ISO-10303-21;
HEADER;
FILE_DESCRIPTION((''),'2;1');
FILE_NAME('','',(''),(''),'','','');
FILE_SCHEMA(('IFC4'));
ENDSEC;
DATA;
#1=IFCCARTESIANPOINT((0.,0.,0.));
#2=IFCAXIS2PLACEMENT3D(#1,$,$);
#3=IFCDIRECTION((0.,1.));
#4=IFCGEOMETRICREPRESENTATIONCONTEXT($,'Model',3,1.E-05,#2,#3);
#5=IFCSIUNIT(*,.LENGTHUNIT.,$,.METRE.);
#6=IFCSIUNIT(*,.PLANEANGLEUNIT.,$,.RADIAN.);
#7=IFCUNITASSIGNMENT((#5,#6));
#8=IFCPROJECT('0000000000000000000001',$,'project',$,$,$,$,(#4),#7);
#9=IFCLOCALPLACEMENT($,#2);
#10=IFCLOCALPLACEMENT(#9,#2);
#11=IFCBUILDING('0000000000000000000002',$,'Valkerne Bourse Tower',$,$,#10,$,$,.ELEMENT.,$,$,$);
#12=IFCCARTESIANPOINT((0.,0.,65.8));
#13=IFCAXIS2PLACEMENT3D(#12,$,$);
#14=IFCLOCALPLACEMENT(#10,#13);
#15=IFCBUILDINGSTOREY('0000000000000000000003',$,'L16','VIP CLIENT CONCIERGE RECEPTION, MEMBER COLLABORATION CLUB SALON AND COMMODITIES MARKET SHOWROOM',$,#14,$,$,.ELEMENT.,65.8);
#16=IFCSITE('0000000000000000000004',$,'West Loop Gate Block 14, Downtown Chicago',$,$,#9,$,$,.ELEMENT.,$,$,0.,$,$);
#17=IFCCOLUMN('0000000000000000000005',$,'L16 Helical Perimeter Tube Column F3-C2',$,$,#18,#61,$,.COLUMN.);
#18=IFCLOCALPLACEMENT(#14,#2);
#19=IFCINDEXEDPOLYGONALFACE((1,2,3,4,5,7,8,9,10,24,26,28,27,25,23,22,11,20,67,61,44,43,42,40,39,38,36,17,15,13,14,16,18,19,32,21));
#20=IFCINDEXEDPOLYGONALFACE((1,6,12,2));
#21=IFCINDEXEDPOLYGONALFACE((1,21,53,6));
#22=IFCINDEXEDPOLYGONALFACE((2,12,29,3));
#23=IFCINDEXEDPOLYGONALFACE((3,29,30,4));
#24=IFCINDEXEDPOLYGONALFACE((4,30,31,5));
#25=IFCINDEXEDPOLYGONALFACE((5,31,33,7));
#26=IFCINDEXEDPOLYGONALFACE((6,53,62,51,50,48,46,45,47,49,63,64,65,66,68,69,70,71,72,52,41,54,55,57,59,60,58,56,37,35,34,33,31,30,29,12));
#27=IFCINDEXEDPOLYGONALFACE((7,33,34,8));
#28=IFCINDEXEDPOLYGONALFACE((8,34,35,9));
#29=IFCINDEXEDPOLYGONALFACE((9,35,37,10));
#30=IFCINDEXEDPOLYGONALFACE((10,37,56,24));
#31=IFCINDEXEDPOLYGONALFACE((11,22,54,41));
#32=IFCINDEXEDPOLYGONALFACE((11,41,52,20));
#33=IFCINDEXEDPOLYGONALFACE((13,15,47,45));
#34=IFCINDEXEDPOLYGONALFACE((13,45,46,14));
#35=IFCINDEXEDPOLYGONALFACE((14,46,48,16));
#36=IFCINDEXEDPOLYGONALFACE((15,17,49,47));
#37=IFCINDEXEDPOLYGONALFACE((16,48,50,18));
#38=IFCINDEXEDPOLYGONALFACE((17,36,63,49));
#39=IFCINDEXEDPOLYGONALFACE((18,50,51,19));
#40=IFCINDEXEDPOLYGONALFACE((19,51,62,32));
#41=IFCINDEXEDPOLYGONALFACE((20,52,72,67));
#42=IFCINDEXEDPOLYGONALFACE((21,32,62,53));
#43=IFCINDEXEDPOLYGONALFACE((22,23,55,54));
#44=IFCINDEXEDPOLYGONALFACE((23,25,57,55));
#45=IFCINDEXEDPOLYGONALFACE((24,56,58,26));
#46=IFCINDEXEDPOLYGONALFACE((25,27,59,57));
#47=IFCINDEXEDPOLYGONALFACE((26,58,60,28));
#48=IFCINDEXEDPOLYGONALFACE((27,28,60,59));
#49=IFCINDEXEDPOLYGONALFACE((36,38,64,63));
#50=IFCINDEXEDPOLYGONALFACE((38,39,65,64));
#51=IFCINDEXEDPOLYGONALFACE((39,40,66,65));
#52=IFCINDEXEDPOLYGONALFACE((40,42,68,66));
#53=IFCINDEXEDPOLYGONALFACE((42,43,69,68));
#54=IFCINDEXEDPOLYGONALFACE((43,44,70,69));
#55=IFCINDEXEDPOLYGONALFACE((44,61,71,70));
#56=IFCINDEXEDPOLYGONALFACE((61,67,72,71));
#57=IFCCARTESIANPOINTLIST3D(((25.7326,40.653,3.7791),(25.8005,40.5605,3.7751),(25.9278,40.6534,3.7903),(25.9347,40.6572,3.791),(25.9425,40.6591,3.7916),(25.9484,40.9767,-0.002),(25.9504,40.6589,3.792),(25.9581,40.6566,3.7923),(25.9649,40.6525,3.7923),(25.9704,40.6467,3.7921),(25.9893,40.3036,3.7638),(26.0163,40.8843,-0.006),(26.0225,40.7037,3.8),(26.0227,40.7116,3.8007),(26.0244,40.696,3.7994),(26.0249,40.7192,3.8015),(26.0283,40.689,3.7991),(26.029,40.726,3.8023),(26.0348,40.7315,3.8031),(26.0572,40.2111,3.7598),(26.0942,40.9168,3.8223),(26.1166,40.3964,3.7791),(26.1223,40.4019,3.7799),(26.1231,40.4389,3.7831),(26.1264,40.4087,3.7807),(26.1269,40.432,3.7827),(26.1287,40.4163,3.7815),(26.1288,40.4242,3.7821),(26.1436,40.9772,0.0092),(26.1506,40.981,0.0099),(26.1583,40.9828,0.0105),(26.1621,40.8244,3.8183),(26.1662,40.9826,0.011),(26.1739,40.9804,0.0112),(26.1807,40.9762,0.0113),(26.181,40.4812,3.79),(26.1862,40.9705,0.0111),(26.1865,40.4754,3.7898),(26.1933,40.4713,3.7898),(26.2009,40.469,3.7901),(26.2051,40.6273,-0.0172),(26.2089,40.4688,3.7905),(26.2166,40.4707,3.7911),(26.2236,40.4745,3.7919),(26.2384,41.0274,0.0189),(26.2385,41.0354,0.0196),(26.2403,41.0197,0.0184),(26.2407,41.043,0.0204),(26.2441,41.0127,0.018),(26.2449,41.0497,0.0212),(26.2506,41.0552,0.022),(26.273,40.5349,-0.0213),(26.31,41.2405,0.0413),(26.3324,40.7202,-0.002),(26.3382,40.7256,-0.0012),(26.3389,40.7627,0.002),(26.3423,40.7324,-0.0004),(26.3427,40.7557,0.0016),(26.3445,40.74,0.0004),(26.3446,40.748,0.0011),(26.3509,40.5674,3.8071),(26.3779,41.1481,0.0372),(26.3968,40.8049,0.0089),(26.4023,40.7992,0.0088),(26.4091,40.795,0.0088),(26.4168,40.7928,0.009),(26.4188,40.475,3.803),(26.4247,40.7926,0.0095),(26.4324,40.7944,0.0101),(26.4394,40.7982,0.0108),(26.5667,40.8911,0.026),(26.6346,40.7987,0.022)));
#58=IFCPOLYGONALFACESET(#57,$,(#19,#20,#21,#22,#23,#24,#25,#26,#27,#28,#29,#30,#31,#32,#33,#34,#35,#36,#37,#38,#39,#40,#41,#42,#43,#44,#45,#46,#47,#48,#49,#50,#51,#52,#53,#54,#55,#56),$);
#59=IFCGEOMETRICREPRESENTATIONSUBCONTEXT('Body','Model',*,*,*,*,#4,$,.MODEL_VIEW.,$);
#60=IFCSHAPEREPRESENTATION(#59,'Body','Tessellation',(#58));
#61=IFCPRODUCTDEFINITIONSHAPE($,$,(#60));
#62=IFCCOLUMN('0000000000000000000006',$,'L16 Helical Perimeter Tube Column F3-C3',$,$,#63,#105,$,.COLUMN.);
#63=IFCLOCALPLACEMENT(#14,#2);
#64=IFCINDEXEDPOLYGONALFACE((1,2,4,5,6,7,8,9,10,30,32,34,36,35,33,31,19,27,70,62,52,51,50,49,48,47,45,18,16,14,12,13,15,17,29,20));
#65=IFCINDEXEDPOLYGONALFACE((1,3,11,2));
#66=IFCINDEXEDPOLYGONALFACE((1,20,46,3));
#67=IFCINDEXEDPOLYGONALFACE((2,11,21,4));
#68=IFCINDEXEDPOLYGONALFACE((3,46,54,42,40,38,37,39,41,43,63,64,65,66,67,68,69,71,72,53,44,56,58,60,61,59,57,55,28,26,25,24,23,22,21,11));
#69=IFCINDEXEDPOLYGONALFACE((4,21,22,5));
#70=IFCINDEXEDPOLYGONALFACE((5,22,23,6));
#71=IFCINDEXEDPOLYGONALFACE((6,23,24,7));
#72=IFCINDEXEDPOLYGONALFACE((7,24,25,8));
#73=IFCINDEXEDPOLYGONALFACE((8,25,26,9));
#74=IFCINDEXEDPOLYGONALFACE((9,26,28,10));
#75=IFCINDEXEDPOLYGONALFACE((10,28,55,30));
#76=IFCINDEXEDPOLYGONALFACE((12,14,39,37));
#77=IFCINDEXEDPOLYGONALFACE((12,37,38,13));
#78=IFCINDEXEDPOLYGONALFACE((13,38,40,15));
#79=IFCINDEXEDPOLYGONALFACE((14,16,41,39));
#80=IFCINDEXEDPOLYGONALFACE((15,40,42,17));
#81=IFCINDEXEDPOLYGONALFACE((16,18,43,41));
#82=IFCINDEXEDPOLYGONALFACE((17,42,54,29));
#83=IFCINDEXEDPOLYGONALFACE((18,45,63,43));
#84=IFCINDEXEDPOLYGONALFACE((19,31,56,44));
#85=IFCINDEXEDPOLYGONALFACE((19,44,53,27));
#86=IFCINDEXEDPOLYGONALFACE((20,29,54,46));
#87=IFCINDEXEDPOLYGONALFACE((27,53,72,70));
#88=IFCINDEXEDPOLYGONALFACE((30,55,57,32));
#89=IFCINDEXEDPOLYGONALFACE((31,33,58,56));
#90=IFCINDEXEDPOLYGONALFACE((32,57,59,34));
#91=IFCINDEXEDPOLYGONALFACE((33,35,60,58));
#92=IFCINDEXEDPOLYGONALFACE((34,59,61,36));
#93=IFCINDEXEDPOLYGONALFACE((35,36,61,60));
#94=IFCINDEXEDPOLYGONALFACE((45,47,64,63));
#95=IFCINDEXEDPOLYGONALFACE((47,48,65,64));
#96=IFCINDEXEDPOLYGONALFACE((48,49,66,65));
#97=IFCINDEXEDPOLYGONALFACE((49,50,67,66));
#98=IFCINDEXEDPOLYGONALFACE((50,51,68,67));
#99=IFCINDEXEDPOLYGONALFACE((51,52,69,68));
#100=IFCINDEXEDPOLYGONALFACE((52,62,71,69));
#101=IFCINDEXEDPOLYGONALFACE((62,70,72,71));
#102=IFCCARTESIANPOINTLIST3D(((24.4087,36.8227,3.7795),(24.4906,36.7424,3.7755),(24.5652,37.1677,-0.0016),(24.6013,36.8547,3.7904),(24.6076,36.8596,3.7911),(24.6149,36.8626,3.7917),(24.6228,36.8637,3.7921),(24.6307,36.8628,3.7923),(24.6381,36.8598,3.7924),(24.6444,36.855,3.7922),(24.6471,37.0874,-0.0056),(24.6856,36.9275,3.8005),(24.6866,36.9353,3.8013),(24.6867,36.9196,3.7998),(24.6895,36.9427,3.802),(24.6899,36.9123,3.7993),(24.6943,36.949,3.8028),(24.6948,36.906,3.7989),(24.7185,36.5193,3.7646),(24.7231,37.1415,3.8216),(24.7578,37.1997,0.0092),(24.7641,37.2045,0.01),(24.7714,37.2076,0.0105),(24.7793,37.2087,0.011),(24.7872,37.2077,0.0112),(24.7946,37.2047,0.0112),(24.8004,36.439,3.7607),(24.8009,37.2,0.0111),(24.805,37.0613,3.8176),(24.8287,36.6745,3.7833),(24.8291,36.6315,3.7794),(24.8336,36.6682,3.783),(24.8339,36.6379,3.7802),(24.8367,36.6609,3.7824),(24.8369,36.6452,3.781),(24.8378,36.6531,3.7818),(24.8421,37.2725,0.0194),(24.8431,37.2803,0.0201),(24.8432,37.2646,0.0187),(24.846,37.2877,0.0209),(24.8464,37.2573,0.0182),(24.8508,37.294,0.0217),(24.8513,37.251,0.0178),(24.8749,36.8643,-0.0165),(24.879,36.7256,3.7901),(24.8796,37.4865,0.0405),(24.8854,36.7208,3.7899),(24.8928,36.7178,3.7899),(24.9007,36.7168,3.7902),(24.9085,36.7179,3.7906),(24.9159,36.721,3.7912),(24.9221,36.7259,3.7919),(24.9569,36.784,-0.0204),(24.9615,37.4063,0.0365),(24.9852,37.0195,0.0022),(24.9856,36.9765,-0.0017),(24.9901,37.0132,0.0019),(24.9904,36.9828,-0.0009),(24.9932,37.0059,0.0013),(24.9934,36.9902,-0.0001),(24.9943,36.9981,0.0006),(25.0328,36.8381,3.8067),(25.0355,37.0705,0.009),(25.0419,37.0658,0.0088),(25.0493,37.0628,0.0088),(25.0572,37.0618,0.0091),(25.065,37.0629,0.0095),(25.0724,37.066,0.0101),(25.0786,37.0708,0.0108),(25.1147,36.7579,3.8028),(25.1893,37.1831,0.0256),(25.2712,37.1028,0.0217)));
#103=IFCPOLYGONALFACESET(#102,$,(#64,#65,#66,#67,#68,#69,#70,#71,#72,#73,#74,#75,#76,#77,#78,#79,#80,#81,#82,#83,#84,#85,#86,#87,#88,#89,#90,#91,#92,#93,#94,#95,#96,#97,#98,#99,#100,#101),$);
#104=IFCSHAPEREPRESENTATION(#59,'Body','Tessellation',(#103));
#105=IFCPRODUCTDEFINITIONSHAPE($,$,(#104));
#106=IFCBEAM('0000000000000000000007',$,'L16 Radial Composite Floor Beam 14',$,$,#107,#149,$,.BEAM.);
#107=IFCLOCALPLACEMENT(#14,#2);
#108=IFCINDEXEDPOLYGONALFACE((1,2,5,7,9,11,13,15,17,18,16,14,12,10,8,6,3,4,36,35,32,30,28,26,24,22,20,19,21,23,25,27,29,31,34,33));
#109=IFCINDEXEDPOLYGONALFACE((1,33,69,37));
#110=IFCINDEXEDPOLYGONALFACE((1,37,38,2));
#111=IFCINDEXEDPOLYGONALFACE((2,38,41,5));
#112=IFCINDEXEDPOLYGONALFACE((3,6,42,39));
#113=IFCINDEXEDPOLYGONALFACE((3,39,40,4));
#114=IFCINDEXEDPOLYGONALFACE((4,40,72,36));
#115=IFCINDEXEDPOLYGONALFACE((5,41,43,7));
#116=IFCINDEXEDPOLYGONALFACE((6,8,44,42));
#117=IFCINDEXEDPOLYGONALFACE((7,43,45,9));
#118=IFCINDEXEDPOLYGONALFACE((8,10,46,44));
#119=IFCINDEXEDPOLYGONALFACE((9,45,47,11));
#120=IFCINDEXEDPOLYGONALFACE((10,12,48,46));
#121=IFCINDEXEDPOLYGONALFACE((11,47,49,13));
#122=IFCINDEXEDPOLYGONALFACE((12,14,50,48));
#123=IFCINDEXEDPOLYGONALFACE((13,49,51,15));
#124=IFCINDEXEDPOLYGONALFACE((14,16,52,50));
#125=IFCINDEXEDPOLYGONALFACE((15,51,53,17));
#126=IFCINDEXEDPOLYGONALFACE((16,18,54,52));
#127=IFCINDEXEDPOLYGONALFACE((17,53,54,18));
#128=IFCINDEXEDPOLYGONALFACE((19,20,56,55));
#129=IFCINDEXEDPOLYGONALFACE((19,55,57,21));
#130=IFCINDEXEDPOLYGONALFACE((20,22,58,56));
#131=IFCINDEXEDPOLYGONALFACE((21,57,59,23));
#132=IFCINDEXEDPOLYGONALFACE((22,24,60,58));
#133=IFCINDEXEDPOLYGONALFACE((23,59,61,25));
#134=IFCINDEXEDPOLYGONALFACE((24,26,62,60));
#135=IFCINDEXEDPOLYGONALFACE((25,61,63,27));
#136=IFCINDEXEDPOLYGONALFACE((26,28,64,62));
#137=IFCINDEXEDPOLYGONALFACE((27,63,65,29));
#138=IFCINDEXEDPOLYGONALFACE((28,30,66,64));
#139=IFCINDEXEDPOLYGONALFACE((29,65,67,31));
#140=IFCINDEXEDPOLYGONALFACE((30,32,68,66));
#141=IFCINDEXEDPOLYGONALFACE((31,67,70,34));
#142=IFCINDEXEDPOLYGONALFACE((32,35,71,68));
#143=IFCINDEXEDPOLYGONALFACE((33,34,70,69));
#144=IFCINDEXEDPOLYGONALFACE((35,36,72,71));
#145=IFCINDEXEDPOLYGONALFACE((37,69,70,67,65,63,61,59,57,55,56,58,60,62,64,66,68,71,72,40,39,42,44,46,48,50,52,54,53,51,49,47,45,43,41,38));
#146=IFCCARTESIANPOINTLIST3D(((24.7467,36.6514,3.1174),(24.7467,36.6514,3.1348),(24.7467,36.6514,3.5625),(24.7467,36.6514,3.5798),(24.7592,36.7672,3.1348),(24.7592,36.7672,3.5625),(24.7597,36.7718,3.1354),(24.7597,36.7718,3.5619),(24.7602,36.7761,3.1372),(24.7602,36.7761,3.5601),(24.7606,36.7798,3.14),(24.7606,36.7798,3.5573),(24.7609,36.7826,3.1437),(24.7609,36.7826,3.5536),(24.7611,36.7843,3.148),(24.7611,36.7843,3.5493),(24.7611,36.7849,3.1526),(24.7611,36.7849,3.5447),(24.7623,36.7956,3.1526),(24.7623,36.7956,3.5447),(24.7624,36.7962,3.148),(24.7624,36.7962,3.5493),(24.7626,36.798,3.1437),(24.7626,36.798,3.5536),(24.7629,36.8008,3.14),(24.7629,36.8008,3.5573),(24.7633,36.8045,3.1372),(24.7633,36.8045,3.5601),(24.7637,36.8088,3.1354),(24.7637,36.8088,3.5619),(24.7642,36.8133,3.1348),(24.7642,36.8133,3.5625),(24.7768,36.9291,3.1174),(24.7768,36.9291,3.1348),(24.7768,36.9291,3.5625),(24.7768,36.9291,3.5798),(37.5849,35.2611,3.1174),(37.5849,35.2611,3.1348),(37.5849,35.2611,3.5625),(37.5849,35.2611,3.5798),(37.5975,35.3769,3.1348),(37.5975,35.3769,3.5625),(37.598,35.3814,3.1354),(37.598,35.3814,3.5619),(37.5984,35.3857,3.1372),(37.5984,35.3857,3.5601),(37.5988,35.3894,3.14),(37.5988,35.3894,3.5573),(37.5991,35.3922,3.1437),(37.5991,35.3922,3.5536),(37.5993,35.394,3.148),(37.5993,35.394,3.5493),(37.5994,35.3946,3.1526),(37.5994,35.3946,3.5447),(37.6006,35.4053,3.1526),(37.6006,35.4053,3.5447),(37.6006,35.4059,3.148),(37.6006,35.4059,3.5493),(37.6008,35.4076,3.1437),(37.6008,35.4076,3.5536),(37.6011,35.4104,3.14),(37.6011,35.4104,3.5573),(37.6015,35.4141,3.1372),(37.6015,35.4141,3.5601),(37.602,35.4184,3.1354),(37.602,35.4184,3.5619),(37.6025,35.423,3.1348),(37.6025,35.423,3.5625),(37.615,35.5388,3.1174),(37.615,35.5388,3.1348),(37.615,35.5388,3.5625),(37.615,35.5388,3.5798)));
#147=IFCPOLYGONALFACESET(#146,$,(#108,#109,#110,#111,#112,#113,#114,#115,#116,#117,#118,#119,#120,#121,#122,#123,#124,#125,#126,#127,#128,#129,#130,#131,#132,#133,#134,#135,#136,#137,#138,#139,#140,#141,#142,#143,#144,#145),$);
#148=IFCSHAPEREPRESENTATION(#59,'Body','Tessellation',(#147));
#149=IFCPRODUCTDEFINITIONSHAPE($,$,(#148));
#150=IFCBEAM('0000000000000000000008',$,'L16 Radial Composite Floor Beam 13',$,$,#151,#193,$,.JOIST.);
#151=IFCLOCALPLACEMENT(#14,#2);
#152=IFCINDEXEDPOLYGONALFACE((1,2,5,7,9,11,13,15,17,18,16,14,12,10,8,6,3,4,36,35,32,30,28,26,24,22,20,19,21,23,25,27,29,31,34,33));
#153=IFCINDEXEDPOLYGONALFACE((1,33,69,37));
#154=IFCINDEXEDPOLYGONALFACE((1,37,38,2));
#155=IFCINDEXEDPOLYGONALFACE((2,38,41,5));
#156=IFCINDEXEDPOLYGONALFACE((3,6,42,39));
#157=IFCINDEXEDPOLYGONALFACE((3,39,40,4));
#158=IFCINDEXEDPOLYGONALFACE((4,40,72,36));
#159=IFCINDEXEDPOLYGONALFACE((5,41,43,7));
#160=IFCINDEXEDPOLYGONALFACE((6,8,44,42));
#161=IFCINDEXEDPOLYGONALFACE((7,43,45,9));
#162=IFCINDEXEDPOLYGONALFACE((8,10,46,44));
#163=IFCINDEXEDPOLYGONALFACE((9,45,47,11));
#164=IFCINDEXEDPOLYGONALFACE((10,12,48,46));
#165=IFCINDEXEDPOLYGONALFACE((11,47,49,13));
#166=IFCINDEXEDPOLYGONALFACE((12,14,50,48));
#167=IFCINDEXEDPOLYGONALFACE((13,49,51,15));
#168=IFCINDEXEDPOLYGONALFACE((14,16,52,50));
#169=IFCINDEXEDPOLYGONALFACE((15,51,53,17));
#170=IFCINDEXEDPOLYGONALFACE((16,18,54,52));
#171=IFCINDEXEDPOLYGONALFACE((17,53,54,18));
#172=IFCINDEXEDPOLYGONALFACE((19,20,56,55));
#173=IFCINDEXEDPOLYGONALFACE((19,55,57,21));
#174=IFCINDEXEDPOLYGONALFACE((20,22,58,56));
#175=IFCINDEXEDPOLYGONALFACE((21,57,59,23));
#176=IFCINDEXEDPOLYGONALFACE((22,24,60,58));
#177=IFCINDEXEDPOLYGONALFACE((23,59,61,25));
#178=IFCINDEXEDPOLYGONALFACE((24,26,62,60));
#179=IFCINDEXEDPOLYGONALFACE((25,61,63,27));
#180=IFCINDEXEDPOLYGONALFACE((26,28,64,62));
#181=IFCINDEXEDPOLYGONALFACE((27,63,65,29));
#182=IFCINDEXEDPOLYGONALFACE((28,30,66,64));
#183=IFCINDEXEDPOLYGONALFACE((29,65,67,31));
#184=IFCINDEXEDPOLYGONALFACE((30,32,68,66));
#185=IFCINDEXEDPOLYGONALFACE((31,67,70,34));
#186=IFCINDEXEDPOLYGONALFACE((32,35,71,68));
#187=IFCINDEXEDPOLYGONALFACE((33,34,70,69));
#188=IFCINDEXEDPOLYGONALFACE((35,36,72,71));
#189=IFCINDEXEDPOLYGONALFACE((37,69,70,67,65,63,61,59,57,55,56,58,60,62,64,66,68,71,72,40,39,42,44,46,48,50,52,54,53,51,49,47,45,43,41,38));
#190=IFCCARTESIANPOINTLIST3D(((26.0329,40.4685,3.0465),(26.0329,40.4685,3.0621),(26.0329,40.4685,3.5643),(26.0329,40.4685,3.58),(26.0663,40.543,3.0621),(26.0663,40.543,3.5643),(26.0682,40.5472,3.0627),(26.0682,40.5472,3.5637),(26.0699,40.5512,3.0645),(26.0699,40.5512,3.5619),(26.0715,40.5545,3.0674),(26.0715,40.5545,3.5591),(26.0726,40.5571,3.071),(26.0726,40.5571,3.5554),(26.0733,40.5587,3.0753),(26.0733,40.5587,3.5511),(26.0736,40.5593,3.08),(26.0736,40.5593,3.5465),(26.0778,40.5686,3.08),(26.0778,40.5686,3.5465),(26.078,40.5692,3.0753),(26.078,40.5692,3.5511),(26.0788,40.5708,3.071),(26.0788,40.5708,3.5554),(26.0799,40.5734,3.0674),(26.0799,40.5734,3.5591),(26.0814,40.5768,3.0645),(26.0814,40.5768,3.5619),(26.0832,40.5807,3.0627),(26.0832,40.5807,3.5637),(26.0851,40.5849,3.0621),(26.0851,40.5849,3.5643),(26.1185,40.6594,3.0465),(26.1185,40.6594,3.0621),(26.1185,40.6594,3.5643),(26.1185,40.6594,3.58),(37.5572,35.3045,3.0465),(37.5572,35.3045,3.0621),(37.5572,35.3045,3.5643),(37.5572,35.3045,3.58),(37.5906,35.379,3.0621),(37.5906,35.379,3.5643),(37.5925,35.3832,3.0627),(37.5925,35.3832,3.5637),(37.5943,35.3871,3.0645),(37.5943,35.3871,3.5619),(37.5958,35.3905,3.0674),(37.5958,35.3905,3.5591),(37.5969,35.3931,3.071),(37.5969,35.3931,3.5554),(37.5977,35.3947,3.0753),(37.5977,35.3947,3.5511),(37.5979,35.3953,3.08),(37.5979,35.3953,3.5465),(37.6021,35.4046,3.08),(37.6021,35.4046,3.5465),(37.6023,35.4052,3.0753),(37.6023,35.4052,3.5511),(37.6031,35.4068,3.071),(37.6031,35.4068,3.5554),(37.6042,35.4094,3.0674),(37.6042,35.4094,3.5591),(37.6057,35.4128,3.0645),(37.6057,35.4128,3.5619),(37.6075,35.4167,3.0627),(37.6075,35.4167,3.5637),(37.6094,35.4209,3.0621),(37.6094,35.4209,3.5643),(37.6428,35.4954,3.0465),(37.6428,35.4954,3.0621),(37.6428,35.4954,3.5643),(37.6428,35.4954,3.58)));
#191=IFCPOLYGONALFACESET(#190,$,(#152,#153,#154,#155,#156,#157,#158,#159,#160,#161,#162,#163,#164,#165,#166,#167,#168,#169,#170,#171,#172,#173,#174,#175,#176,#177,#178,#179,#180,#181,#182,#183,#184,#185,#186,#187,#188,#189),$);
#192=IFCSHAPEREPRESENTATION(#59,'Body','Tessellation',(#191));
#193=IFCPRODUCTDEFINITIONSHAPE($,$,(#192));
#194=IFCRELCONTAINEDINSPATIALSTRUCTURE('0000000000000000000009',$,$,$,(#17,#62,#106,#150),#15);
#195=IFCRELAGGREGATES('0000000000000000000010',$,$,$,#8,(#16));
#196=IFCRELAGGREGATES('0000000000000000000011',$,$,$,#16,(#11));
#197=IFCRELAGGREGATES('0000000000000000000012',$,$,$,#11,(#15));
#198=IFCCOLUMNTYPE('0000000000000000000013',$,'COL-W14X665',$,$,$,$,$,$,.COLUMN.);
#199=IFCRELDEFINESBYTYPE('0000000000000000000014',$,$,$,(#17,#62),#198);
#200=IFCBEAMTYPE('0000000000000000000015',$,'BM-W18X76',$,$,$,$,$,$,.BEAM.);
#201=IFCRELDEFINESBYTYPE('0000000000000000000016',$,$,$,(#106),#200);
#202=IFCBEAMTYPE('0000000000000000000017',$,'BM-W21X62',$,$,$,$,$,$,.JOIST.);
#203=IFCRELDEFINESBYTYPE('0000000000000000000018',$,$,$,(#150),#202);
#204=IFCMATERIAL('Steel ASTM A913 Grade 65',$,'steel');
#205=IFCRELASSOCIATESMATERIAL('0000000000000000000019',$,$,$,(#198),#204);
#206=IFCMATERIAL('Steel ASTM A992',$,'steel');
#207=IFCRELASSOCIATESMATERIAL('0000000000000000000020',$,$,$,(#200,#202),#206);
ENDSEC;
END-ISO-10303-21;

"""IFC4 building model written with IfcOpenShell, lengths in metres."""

from ifc_helpers import new_model, si_unit, direction, frame, origin, origin_2d, place, context, subcontext, project, spatial, i_section, extrude, material, material_profile, profile_set, type_object, element, save


model = new_model("IFC4")

# Units and contexts
model_context = context("Model", 3, precision=1e-05, world=origin(), true_north=direction((0.0, 1.0)))
body_context = subcontext(model_context, "Body", "Model", "MODEL_VIEW")
ifc_project = project(units=[si_unit("LENGTHUNIT", "METRE"), si_unit("PLANEANGLEUNIT", "RADIAN")], contexts=[model_context])

# Site, building, storey
site_placement = place(None, origin())
site = spatial("IfcSite", under=ifc_project, at=site_placement, Name="West Loop Gate Block 14, Downtown Chicago", CompositionType="ELEMENT", RefElevation=0.0)
building_placement = place(site_placement, origin())
building = spatial("IfcBuilding", under=site, at=building_placement, Name="Valkerne Bourse Tower", CompositionType="ELEMENT")
storey_placement = place(building_placement, frame((0.0, 0.0, 65.8)))
storey = spatial("IfcBuildingStorey", under=building, at=storey_placement, Name="L16", Description="VIP CLIENT CONCIERGE RECEPTION, MEMBER COLLABORATION CLUB SALON AND COMMODITIES MARKET SHOWROOM", CompositionType="ELEMENT", Elevation=65.8)

# Columns
ifc_material_1 = material(Name="Steel ASTM A913 Grade 65", Category="steel")
ifc_material_profile_1 = material_profile(ifc_material_1, i_section(OverallWidth=0.4497, OverallDepth=0.5486, WebThickness=0.072, FlangeThickness=0.1147, FilletRadius=0.0305, at=origin_2d()), Name="W14X665")
ifc_profile_set_1 = profile_set([ifc_material_profile_1], Name="Steel ASTM A913 Grade 65")
column_type = type_object("IfcColumnType", Name="COL-W14X665", PredefinedType="COLUMN", material=ifc_profile_set_1)
column_1_placement = place(storey_placement, frame((26.2915, 40.8877, 0.01), z_axis=(-0.05678, -0.08517, 0.994747), x_axis=(-0.804122, -0.586641, -0.096128)))
element("IfcColumn", 1, at=column_1_placement, inside=storey, type_object=column_type, Name="L16 Helical Perimeter Tube Column F3-C2", PredefinedType="COLUMN", context=body_context, shape_type="SweptSolid", body=[
    extrude(i_section(OverallWidth=0.4497, OverallDepth=0.5486, WebThickness=0.072, FlangeThickness=0.1147, FilletRadius=0.0305, at=origin_2d()), origin(), (0.0, 0.0, 1.0), 3.801),
])
column_2_placement = place(storey_placement, frame((24.9182, 37.1353, 0.01), z_axis=(-0.041183, -0.090783, 0.995019), x_axis=(-0.698991, -0.708976, -0.093616)))
element("IfcColumn", 2, at=column_2_placement, inside=storey, type_object=column_type, Name="L16 Helical Perimeter Tube Column F3-C3", PredefinedType="COLUMN", context=body_context, shape_type="SweptSolid", body=[
    extrude(i_section(OverallWidth=0.4497, OverallDepth=0.5486, WebThickness=0.072, FlangeThickness=0.1147, FilletRadius=0.0305, at=origin_2d()), origin(), (0.0, 0.0, 1.0), 3.8),
])

# Beams
ifc_material_2 = material(Name="Steel ASTM A992", Category="steel")
ifc_material_profile_2 = material_profile(ifc_material_2, i_section(OverallWidth=0.2793, OverallDepth=0.4624, WebThickness=0.0107, FlangeThickness=0.0173, FilletRadius=0.0178, at=origin_2d()), Name="W18X76")
ifc_profile_set_2 = profile_set([ifc_material_profile_2], Name="Steel ASTM A992")
beam_type_1 = type_object("IfcBeamType", Name="BM-W18X76", PredefinedType="BEAM", material=ifc_profile_set_2)
beam_1_placement = place(storey_placement, frame((24.7617, 36.7903, 3.3486), z_axis=(0.994187, -0.107669, 0.0), x_axis=(0.107669, 0.994187, 0.0)))
element("IfcBeam", 3, at=beam_1_placement, inside=storey, type_object=beam_type_1, Name="L16 Radial Composite Floor Beam 14", PredefinedType="BEAM", context=body_context, shape_type="SweptSolid", body=[
    extrude(i_section(OverallWidth=0.2793, OverallDepth=0.4624, WebThickness=0.0107, FlangeThickness=0.0173, FilletRadius=0.0178, at=origin_2d()), origin(), (0.0, 0.0, 1.0), 12.9133),
])
ifc_material_profile_3 = material_profile(ifc_material_2, i_section(OverallWidth=0.2092, OverallDepth=0.5334, WebThickness=0.0103, FlangeThickness=0.0156, FilletRadius=0.0178, at=origin_2d()), Name="W21X62")
ifc_profile_set_3 = profile_set([ifc_material_profile_3], Name="Steel ASTM A992")
beam_type_2 = type_object("IfcBeamType", Name="BM-W21X62", PredefinedType="JOIST", material=ifc_profile_set_3)
beam_2_placement = place(storey_placement, frame((26.0757, 40.564, 3.3132), z_axis=(0.91257, -0.40892, 0.0), x_axis=(0.40892, 0.91257, 0.0)))
element("IfcBeam", 4, at=beam_2_placement, inside=storey, type_object=beam_type_2, Name="L16 Radial Composite Floor Beam 13", PredefinedType="JOIST", context=body_context, shape_type="SweptSolid", body=[
    extrude(i_section(OverallWidth=0.2092, OverallDepth=0.5334, WebThickness=0.0103, FlangeThickness=0.0156, FilletRadius=0.0178, at=origin_2d()), origin(), (0.0, 0.0, 1.0), 12.6284),
])

save(model, "model.ifc")
